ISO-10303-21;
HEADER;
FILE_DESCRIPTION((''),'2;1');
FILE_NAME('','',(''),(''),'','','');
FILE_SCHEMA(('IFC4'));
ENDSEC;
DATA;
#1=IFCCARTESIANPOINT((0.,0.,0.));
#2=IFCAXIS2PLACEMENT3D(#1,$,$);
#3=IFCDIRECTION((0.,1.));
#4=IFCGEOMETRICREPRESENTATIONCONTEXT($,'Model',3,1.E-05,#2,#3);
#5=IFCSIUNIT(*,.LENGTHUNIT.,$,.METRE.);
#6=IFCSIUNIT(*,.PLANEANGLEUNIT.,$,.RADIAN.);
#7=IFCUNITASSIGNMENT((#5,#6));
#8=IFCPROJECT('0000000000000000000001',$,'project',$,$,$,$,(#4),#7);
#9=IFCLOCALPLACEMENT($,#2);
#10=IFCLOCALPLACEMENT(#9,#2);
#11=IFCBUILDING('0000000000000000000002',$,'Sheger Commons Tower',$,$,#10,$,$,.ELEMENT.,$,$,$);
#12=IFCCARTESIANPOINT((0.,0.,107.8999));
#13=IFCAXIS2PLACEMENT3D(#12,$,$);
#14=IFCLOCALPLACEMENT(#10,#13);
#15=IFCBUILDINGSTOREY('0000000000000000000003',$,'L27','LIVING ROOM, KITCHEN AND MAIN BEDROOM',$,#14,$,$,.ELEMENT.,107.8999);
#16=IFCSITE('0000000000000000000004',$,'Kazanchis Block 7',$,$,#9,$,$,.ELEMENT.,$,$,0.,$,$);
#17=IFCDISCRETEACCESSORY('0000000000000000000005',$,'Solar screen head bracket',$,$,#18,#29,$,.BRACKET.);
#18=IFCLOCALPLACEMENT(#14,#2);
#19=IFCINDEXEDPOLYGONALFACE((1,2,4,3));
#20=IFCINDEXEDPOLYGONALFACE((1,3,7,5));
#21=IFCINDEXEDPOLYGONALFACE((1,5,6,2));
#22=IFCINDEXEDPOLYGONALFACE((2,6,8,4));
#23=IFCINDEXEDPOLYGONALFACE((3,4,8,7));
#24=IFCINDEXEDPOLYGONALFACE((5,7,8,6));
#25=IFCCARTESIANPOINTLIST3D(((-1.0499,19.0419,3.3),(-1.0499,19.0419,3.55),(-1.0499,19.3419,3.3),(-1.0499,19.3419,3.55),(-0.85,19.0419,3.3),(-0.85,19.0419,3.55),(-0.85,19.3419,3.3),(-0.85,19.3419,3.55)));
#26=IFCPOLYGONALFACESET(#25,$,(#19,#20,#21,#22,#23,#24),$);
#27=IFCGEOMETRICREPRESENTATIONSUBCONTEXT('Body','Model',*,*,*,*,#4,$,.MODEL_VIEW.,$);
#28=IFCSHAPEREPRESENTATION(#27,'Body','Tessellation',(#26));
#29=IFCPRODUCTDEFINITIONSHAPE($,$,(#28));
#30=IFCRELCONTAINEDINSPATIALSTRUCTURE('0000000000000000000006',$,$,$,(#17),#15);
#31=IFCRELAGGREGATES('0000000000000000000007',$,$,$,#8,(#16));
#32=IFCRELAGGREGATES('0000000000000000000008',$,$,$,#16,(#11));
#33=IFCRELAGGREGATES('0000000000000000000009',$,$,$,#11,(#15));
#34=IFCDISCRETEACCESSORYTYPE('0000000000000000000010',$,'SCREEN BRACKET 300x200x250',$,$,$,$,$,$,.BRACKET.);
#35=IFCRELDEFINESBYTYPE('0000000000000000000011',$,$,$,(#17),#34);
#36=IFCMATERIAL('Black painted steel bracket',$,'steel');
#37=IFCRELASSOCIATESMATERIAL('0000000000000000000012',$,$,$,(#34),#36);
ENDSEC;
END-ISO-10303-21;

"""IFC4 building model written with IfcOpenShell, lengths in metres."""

from ifc_helpers import new_model, si_unit, direction, frame, origin, origin_2d, place, context, subcontext, project, spatial, rectangle, extrude, material, type_object, element, save


model = new_model("IFC4")

# Units and contexts
model_context = context("Model", 3, precision=1e-05, world=origin(), true_north=direction((0.0, 1.0)))
body_context = subcontext(model_context, "Body", "Model", "MODEL_VIEW")
ifc_project = project(units=[si_unit("LENGTHUNIT", "METRE"), si_unit("PLANEANGLEUNIT", "RADIAN")], contexts=[model_context])

# Site, building, storey
site_placement = place(None, origin())
site = spatial("IfcSite", under=ifc_project, at=site_placement, Name="Kazanchis Block 7", CompositionType="ELEMENT", RefElevation=0.0)
building_placement = place(site_placement, origin())
building = spatial("IfcBuilding", under=site, at=building_placement, Name="Sheger Commons Tower", CompositionType="ELEMENT")
storey_placement = place(building_placement, frame((0.0, 0.0, 107.8999)))
storey = spatial("IfcBuildingStorey", under=building, at=storey_placement, Name="L27", Description="LIVING ROOM, KITCHEN AND MAIN BEDROOM", CompositionType="ELEMENT", Elevation=107.8999)

# Discrete accessory
ifc_material_1 = material(Name="Black painted steel bracket", Category="steel")
discrete_accessory_type = type_object("IfcDiscreteAccessoryType", Name="SCREEN BRACKET 300x200x250", PredefinedType="BRACKET", material=ifc_material_1)
for number, where, z_axis, x_axis, name in (
    (1, (-0.95, 19.1919, 3.3), (0.0, 0.0, 1.0), (0.0, -1.0, 0.0), "Solar screen head bracket"),
):
    element("IfcDiscreteAccessory", number, at=place(storey_placement, frame(where, z_axis=z_axis, x_axis=x_axis)), inside=storey, type_object=discrete_accessory_type, Name=name, PredefinedType="BRACKET", context=body_context, shape_type="SweptSolid", body=[
        extrude(rectangle(XDim=0.3, YDim=0.2, at=origin_2d()), origin(), (0.0, 0.0, 1.0), 0.25),
    ])

save(model, "model.ifc")
